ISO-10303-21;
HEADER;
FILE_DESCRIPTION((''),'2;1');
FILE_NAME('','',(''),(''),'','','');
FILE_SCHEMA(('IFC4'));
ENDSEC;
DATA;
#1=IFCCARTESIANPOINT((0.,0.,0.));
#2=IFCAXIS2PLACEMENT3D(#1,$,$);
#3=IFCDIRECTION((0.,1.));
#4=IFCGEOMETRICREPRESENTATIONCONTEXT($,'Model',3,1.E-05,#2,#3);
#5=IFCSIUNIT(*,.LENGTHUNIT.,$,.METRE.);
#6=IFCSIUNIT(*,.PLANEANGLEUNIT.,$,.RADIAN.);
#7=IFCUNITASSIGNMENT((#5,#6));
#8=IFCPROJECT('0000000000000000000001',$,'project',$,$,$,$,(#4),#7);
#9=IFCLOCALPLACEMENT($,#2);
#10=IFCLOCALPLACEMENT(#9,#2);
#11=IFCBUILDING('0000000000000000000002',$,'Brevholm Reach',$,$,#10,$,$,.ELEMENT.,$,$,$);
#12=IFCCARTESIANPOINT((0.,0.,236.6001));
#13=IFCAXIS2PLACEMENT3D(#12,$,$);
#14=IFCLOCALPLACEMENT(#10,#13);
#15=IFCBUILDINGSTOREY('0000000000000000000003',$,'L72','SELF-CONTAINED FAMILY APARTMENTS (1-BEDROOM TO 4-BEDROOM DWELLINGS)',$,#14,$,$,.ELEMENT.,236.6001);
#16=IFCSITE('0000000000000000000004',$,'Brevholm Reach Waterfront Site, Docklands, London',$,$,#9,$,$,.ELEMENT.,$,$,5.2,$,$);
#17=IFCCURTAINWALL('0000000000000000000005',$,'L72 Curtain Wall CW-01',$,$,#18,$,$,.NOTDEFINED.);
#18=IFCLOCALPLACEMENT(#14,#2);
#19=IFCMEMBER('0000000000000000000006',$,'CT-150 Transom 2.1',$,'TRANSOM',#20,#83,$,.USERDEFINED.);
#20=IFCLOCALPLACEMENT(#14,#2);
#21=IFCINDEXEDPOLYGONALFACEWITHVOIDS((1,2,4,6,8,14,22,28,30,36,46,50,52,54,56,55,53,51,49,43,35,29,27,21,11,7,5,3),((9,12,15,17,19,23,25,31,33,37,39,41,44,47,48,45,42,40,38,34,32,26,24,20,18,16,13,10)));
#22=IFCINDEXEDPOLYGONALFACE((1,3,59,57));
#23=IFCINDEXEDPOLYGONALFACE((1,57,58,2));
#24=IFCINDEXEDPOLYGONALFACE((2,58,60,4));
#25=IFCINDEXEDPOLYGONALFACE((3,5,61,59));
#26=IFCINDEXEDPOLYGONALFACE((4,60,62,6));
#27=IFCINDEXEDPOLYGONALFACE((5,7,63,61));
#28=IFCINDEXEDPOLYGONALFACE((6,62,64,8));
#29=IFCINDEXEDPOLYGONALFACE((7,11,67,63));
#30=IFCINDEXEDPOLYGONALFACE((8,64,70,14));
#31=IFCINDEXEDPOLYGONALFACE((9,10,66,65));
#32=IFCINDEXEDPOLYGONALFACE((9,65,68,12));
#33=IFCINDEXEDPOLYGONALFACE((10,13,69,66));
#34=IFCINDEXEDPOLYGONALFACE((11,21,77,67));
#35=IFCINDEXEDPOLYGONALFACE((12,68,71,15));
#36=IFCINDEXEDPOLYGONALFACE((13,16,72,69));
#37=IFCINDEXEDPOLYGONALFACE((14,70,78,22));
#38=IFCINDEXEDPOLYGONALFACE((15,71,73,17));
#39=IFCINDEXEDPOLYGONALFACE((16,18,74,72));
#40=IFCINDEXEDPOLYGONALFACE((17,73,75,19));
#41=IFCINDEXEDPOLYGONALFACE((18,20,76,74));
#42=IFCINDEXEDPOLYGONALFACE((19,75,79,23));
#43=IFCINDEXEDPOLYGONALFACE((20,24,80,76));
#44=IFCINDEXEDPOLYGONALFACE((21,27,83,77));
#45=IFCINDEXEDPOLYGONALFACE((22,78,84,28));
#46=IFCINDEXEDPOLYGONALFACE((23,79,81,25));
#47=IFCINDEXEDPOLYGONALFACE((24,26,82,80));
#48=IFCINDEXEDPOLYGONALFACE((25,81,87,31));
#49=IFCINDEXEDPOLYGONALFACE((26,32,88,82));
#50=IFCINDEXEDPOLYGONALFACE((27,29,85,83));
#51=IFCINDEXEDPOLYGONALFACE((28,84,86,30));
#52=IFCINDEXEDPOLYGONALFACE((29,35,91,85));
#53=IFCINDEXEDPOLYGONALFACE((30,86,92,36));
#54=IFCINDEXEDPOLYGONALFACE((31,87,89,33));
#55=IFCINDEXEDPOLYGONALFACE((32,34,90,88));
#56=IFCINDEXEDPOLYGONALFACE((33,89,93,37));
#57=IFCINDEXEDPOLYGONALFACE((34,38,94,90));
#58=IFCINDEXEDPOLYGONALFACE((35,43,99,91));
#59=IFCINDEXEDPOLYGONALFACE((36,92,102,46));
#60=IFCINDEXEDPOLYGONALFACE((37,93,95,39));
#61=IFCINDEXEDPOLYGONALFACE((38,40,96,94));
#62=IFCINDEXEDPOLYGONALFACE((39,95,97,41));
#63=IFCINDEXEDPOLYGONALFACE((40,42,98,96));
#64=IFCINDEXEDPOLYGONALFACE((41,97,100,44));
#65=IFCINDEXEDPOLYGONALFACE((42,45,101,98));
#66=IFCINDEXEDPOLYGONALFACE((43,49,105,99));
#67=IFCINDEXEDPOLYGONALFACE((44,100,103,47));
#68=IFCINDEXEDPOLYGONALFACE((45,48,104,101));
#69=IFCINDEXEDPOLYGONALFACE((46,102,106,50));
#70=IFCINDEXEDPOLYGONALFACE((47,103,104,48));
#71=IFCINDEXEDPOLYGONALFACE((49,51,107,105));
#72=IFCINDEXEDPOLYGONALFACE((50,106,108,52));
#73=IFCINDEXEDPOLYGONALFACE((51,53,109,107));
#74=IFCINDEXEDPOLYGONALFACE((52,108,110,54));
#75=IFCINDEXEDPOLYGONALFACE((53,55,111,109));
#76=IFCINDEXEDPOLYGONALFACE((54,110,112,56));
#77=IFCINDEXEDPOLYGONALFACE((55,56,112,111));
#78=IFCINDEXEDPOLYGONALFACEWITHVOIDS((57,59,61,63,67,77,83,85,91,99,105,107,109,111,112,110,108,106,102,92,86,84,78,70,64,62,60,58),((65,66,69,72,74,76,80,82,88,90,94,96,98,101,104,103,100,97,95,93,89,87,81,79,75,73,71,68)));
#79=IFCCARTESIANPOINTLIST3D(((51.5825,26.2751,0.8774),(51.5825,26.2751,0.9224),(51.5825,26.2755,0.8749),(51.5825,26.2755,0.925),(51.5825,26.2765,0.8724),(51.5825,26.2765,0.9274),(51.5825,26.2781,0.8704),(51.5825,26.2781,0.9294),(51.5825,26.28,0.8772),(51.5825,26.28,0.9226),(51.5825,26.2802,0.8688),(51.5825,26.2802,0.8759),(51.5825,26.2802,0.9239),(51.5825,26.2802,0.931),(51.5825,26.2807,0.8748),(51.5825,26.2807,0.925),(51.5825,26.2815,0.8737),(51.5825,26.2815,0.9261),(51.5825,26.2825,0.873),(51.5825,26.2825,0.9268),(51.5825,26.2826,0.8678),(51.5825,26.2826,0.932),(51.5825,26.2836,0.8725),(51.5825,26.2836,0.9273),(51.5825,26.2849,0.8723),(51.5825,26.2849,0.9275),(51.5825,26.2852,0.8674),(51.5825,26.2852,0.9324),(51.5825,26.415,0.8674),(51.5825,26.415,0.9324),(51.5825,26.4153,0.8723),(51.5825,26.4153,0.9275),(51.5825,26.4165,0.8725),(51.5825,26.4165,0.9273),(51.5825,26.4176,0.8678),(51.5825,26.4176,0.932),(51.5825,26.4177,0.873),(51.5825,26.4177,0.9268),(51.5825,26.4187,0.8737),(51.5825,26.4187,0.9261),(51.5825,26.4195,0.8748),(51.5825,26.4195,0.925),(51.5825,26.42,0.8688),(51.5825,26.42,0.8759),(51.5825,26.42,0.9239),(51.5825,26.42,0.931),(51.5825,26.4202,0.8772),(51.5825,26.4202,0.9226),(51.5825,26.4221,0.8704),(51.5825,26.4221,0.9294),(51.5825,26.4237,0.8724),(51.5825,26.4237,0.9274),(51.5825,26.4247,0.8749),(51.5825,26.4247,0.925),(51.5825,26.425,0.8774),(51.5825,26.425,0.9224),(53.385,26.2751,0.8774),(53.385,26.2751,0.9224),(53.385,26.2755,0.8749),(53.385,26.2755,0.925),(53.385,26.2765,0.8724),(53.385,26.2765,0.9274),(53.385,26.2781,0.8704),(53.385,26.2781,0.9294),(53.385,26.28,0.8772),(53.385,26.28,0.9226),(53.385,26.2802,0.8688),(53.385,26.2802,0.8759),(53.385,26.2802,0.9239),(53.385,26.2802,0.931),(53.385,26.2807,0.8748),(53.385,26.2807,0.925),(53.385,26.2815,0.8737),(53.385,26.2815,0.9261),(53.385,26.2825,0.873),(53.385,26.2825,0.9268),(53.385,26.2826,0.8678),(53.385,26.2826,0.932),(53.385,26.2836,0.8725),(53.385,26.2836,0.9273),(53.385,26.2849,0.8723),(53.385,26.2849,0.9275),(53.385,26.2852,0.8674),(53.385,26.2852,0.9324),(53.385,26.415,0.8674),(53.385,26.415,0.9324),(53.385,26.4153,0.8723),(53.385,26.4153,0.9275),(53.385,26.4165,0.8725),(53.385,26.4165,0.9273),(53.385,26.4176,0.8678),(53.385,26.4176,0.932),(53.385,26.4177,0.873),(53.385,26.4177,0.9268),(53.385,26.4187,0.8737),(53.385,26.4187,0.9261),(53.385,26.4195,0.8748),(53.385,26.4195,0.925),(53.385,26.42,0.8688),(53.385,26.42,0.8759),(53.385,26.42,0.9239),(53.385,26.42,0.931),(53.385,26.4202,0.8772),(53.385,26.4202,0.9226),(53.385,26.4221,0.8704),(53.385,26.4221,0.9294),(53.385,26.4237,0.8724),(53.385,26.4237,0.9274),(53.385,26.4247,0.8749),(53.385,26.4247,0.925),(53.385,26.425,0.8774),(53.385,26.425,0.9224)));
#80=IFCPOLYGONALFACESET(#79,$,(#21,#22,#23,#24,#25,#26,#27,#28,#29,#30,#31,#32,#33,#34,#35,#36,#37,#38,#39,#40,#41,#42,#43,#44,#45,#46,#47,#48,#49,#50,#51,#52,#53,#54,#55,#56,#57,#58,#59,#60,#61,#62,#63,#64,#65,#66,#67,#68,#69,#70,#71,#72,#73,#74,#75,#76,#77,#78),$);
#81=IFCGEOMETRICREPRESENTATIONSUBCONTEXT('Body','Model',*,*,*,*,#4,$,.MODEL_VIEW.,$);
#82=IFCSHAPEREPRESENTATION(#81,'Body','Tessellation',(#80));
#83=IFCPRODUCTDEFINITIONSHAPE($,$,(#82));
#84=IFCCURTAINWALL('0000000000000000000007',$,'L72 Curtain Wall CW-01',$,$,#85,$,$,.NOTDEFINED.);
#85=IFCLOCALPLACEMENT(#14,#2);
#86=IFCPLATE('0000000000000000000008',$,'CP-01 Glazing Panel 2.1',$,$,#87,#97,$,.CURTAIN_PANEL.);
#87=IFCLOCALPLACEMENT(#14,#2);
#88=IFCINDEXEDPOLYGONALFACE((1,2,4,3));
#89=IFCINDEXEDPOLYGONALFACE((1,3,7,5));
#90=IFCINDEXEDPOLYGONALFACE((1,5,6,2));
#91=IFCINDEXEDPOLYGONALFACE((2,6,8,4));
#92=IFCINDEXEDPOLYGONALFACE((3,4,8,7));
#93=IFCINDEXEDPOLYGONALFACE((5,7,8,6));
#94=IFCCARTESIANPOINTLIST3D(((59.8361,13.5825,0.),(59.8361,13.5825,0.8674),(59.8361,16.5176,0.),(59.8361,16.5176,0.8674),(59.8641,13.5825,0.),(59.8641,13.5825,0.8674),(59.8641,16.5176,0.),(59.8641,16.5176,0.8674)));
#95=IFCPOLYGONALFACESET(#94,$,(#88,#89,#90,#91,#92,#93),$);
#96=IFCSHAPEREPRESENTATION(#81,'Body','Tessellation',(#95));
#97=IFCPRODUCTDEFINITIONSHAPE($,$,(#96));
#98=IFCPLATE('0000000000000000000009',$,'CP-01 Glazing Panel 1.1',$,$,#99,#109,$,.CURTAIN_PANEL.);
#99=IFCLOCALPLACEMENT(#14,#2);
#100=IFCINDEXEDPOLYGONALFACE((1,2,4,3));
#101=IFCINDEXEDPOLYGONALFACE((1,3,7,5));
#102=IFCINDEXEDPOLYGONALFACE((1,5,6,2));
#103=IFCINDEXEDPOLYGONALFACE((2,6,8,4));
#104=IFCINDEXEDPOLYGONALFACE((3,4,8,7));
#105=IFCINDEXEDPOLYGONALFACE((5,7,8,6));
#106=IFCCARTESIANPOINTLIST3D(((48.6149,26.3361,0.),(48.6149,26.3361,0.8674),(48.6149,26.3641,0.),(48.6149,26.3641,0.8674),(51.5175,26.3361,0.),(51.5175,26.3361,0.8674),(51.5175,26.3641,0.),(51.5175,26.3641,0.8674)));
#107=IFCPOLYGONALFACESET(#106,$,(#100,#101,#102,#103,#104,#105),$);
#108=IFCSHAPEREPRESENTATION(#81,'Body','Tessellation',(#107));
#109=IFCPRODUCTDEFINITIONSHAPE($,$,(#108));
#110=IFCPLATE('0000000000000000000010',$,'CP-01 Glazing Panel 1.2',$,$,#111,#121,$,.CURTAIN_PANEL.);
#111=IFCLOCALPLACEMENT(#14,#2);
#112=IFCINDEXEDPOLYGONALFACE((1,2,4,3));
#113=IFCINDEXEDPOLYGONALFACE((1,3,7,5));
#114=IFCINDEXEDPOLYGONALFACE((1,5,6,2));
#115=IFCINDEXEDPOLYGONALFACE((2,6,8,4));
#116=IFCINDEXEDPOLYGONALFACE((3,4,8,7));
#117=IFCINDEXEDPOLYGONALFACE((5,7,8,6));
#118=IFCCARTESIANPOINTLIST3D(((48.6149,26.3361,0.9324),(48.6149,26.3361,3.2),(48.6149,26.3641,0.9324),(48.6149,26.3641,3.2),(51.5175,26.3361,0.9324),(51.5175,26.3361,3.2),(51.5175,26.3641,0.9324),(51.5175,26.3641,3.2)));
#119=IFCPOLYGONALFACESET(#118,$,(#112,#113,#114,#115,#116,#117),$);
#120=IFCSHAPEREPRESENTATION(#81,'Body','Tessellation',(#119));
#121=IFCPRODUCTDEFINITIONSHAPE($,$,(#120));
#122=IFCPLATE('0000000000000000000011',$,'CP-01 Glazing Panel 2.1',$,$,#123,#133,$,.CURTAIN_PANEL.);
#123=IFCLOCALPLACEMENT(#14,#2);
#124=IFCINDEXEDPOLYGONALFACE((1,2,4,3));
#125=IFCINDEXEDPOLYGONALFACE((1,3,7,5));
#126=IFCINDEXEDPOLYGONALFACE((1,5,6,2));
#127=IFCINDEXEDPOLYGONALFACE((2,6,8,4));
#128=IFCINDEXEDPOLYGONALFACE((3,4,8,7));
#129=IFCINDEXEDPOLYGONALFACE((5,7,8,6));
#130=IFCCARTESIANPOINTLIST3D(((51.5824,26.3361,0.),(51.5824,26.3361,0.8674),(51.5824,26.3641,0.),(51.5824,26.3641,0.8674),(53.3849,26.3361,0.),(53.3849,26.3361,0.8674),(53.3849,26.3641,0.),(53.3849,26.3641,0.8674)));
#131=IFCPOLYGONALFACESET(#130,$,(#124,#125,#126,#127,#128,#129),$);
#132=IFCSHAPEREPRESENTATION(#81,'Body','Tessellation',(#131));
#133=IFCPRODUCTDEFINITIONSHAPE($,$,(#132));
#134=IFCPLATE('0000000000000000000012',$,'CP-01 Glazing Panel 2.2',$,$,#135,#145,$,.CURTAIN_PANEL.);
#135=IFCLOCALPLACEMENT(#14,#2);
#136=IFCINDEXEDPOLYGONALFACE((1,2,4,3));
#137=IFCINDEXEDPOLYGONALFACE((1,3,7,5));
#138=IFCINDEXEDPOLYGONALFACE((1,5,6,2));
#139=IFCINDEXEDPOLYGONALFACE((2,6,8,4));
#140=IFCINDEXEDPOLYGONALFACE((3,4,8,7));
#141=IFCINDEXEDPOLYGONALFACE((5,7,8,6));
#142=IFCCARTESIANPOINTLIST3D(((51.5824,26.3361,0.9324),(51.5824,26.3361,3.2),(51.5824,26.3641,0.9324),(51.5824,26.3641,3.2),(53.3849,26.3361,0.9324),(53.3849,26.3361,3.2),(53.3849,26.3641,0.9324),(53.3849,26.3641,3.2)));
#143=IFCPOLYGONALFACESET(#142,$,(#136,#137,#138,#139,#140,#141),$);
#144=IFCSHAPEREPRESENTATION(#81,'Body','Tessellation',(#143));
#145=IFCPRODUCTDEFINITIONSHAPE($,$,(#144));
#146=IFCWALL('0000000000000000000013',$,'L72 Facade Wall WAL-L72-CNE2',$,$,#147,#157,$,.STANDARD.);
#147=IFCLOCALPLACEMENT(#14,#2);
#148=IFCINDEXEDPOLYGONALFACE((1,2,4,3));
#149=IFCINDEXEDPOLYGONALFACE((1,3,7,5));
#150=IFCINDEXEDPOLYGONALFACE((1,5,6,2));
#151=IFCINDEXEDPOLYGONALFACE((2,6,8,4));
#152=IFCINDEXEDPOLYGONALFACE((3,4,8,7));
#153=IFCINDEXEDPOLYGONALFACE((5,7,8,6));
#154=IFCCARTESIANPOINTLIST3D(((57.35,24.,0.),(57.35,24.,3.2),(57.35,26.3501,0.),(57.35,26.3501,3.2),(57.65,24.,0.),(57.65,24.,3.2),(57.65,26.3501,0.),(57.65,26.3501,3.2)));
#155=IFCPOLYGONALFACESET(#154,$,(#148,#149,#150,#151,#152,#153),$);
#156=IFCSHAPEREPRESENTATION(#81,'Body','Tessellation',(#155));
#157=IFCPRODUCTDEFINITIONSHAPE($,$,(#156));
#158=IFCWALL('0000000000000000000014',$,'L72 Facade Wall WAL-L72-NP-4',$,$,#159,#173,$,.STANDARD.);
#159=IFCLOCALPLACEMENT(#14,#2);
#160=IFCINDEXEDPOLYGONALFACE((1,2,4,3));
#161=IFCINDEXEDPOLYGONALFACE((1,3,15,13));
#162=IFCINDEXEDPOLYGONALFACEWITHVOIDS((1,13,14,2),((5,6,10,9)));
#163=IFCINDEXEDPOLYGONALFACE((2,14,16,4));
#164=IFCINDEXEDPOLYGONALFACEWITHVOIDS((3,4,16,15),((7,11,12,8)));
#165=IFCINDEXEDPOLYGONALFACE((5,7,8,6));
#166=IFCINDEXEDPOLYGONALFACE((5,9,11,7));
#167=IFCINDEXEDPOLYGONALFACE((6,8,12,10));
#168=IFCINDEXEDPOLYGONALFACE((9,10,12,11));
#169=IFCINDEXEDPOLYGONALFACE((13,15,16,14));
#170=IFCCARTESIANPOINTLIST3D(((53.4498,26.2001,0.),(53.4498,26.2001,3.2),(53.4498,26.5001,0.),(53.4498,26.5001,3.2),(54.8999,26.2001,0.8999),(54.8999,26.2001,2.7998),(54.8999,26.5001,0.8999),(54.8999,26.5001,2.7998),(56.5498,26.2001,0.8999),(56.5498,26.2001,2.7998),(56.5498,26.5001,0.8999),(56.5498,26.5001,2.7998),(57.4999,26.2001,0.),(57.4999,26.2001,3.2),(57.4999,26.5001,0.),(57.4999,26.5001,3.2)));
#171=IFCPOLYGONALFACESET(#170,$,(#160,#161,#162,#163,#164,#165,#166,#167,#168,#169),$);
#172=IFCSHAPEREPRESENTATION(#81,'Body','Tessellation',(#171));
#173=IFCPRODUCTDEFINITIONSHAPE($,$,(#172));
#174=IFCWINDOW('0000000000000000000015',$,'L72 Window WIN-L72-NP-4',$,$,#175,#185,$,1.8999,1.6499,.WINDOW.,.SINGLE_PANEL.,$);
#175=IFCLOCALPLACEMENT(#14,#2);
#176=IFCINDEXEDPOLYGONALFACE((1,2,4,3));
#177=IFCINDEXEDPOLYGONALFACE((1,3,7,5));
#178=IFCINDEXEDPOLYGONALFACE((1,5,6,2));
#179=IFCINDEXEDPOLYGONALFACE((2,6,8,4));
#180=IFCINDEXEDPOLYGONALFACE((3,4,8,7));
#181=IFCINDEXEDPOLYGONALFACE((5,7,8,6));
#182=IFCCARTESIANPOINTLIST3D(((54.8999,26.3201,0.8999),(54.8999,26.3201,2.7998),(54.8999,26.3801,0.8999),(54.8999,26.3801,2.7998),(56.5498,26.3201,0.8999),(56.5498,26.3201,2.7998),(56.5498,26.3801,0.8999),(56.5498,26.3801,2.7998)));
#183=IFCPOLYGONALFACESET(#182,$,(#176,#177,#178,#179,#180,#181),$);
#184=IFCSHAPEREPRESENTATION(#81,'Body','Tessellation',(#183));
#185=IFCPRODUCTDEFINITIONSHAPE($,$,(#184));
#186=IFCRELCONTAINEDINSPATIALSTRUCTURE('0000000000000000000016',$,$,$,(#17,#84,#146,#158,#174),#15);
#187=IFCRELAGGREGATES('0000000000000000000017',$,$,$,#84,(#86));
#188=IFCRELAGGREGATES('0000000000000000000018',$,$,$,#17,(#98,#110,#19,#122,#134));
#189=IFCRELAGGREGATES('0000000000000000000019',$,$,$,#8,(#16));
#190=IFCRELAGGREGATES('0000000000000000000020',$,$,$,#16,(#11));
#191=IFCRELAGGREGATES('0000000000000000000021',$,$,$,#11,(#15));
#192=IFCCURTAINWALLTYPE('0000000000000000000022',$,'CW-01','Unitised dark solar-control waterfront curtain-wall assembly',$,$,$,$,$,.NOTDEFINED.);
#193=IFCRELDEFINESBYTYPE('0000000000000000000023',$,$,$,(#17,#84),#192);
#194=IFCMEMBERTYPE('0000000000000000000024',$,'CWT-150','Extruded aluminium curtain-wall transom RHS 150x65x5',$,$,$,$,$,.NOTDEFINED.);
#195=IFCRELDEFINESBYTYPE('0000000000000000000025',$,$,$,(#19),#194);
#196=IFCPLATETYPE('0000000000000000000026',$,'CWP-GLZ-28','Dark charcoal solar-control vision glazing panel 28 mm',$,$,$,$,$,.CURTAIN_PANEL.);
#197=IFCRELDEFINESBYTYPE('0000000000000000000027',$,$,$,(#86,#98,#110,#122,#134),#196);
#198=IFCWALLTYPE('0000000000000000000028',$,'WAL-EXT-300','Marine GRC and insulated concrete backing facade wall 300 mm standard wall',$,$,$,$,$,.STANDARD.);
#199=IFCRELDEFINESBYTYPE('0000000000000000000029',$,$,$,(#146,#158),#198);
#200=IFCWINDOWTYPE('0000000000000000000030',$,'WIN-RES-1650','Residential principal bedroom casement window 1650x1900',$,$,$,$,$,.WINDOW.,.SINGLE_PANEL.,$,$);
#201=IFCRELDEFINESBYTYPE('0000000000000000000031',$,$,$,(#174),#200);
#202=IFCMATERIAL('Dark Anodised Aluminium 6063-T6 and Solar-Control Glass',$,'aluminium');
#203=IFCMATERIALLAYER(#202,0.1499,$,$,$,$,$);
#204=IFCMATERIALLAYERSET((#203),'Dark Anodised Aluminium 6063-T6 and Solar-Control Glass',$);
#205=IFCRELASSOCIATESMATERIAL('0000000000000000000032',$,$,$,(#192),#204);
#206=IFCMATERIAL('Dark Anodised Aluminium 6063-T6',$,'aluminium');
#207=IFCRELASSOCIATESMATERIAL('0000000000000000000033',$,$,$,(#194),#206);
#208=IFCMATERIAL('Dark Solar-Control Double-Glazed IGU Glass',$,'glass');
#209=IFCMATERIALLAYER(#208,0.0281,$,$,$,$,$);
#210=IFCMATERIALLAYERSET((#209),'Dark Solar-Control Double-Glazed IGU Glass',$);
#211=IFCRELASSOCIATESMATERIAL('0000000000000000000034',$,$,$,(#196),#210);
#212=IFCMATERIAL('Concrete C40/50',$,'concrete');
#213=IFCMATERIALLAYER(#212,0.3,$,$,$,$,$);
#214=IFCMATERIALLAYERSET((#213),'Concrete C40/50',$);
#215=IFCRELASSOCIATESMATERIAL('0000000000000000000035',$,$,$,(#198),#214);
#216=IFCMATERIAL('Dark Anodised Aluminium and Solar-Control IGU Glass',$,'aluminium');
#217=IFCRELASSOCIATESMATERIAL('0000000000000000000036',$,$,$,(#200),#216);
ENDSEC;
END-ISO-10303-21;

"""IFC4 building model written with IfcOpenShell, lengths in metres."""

from ifc_helpers import new_model, si_unit, direction, frame, frame_2d, origin, origin_2d, place, context, subcontext, project, spatial, rectangle, hollow_rectangle, extrude, material, layer, layer_set, material_profile, profile_set, type_object, element, fill, aggregate, save


model = new_model("IFC4")

# Units and contexts
model_context = context("Model", 3, precision=1e-05, world=origin(), true_north=direction((0.0, 1.0)))
body_context = subcontext(model_context, "Body", "Model", "MODEL_VIEW")
ifc_project = project(units=[si_unit("LENGTHUNIT", "METRE"), si_unit("PLANEANGLEUNIT", "RADIAN")], contexts=[model_context])

# Site, building, storey
site_placement = place(None, origin())
site = spatial("IfcSite", under=ifc_project, at=site_placement, Name="Brevholm Reach Waterfront Site, Docklands, London", CompositionType="ELEMENT", RefElevation=5.2)
building_placement = place(site_placement, origin())
building = spatial("IfcBuilding", under=site, at=building_placement, Name="Brevholm Reach", CompositionType="ELEMENT")
storey_placement = place(building_placement, frame((0.0, 0.0, 236.6001)))
storey = spatial("IfcBuildingStorey", under=building, at=storey_placement, Name="L72", Description="SELF-CONTAINED FAMILY APARTMENTS (1-BEDROOM TO 4-BEDROOM DWELLINGS)", CompositionType="ELEMENT", Elevation=236.6001)

# Curtain wall, member
ifc_material_1 = material(Name="Dark Anodised Aluminium 6063-T6 and Solar-Control Glass", Category="aluminium")
ifc_layer_1 = layer(ifc_material_1, 0.1499)
ifc_layer_set_1 = layer_set([ifc_layer_1], Name="Dark Anodised Aluminium 6063-T6 and Solar-Control Glass")
curtain_wall_type = type_object("IfcCurtainWallType", Name="CW-01", Description="Unitised dark solar-control waterfront curtain-wall assembly", PredefinedType="NOTDEFINED", material=ifc_layer_set_1)
curtain_wall_1_placement = place(storey_placement, origin())
curtain_wall_1 = element("IfcCurtainWall", 1, at=curtain_wall_1_placement, inside=storey, type_object=curtain_wall_type, Name="L72 Curtain Wall CW-01", PredefinedType="NOTDEFINED")
ifc_material_2 = material(Name="Dark Anodised Aluminium 6063-T6", Category="aluminium")
ifc_material_profile_1 = material_profile(ifc_material_2, hollow_rectangle(XDim=0.0649, YDim=0.1499, WallThickness=0.0049, InnerFilletRadius=0.0049, OuterFilletRadius=0.01, at=origin_2d()), Name="RHS 150x65x5")
ifc_profile_set_1 = profile_set([ifc_material_profile_1], Name="Dark Anodised Aluminium 6063-T6")
member_type_1 = type_object("IfcMemberType", Name="CWT-150", Description="Extruded aluminium curtain-wall transom RHS 150x65x5", PredefinedType="NOTDEFINED", material=ifc_profile_set_1)
member_1_placement = place(storey_placement, frame((51.5825, 26.3501, 0.8999), z_axis=(1.0, 0.0, 0.0), x_axis=(0.0, 0.0, 1.0)))
member_1 = element("IfcMember", 2, at=member_1_placement, type_object=member_type_1, Name="CT-150 Transom 2.1", ObjectType="TRANSOM", PredefinedType="USERDEFINED", context=body_context, shape_type="SweptSolid", body=[
    extrude(hollow_rectangle(XDim=0.0649, YDim=0.1499, WallThickness=0.0049, InnerFilletRadius=0.0049, OuterFilletRadius=0.01, at=origin_2d()), origin(), (0.0, 0.0, 1.0), 1.8025),
])

# Curtain wall, plate
curtain_wall_2_placement = place(storey_placement, origin())
curtain_wall_2 = element("IfcCurtainWall", 3, at=curtain_wall_2_placement, inside=storey, type_object=curtain_wall_type, Name="L72 Curtain Wall CW-01", PredefinedType="NOTDEFINED")
ifc_material_3 = material(Name="Dark Solar-Control Double-Glazed IGU Glass", Category="glass")
ifc_layer_2 = layer(ifc_material_3, 0.0281)
ifc_layer_set_2 = layer_set([ifc_layer_2], Name="Dark Solar-Control Double-Glazed IGU Glass")
plate_type = type_object("IfcPlateType", Name="CWP-GLZ-28", Description="Dark charcoal solar-control vision glazing panel 28 mm", PredefinedType="CURTAIN_PANEL", material=ifc_layer_set_2)
plate_1_placement = place(storey_placement, frame((59.8501, 15.05, 0.0), z_axis=(0.0, 0.0, 1.0), x_axis=(0.0, 1.0, 0.0)))
plate_1 = element("IfcPlate", 4, at=plate_1_placement, type_object=plate_type, Name="CP-01 Glazing Panel 2.1", PredefinedType="CURTAIN_PANEL", context=body_context, shape_type="SweptSolid", body=[
    extrude(rectangle(XDim=2.9351, YDim=0.0281, at=origin_2d()), origin(), (0.0, 0.0, 1.0), 0.8674),
])
aggregate(curtain_wall_2, [plate_1])

# Plates
plate_2_placement = place(storey_placement, frame((50.0662, 26.3501, 0.0), z_axis=(0.0, 0.0, 1.0), x_axis=(1.0, 0.0, 0.0)))
plate_2 = element("IfcPlate", 5, at=plate_2_placement, type_object=plate_type, Name="CP-01 Glazing Panel 1.1", PredefinedType="CURTAIN_PANEL", context=body_context, shape_type="SweptSolid", body=[
    extrude(rectangle(XDim=2.9026, YDim=0.0281, at=origin_2d()), origin(), (0.0, 0.0, 1.0), 0.8674),
])
plate_3_placement = place(storey_placement, frame((50.0662, 26.3501, 0.9324), z_axis=(0.0, 0.0, 1.0), x_axis=(1.0, 0.0, 0.0)))
plate_3 = element("IfcPlate", 6, at=plate_3_placement, type_object=plate_type, Name="CP-01 Glazing Panel 1.2", PredefinedType="CURTAIN_PANEL", context=body_context, shape_type="SweptSolid", body=[
    extrude(rectangle(XDim=2.9026, YDim=0.0281, at=origin_2d()), origin(), (0.0, 0.0, 1.0), 2.2676),
])
plate_4_placement = place(storey_placement, frame((52.4836, 26.3501, 0.0), z_axis=(0.0, 0.0, 1.0), x_axis=(1.0, 0.0, 0.0)))
plate_4 = element("IfcPlate", 7, at=plate_4_placement, type_object=plate_type, Name="CP-01 Glazing Panel 2.1", PredefinedType="CURTAIN_PANEL", context=body_context, shape_type="SweptSolid", body=[
    extrude(rectangle(XDim=1.8025, YDim=0.0281, at=origin_2d()), origin(), (0.0, 0.0, 1.0), 0.8674),
])
plate_5_placement = place(storey_placement, frame((52.4836, 26.3501, 0.9324), z_axis=(0.0, 0.0, 1.0), x_axis=(1.0, 0.0, 0.0)))
plate_5 = element("IfcPlate", 8, at=plate_5_placement, type_object=plate_type, Name="CP-01 Glazing Panel 2.2", PredefinedType="CURTAIN_PANEL", context=body_context, shape_type="SweptSolid", body=[
    extrude(rectangle(XDim=1.8025, YDim=0.0281, at=origin_2d()), origin(), (0.0, 0.0, 1.0), 2.2676),
])
aggregate(curtain_wall_1, [plate_2, plate_3, member_1, plate_4, plate_5])

# Wall
ifc_material_4 = material(Name="Concrete C40/50", Category="concrete")
ifc_layer_3 = layer(ifc_material_4, 0.3)
ifc_layer_set_3 = layer_set([ifc_layer_3], Name="Concrete C40/50")
wall_type_1 = type_object("IfcWallType", Name="WAL-EXT-300", Description="Marine GRC and insulated concrete backing facade wall 300 mm standard wall", PredefinedType="STANDARD", material=ifc_layer_set_3)
wall_1_placement = place(storey_placement, frame((57.5, 24.0, 0.0), z_axis=(0.0, 0.0, 1.0), x_axis=(0.0, 1.0, 0.0)))
element("IfcWall", 9, at=wall_1_placement, inside=storey, type_object=wall_type_1, Name="L72 Facade Wall WAL-L72-CNE2", PredefinedType="STANDARD", context=body_context, shape_type="SweptSolid", body=[
    extrude(rectangle(XDim=2.3501, YDim=0.3, at=frame_2d((1.175, 0.0))), origin(), (0.0, 0.0, 1.0), 3.2),
])

# Wall, opening, window
wall_2_placement = place(storey_placement, frame((53.45, 26.3501, 0.0), z_axis=(0.0, 0.0, 1.0), x_axis=(1.0, 0.0, 0.0)))
wall_2 = element("IfcWall", 10, at=wall_2_placement, inside=storey, type_object=wall_type_1, Name="L72 Facade Wall WAL-L72-NP-4", PredefinedType="STANDARD", context=body_context, shape_type="SweptSolid", body=[
    extrude(rectangle(XDim=4.05, YDim=0.3, at=frame_2d((2.0249, 0.0))), origin(), (0.0, 0.0, 1.0), 3.2),
])
opening_placement = place(wall_2_placement, frame((1.45, 0.0, 0.8999)))
opening = element("IfcOpeningElement", 11, at=opening_placement, cuts=wall_2, PredefinedType="OPENING", context=body_context, shape_type="SweptSolid", body=[
    extrude(rectangle(XDim=1.6499, YDim=1.8999, at=frame_2d((0.825, 0.95))), frame((0.0, 0.1599, 0.0), z_axis=(0.0, -1.0, 0.0), x_axis=(1.0, 0.0, 0.0)), (0.0, 0.0, 1.0), 0.3201),
])
ifc_material_5 = material(Name="Dark Anodised Aluminium and Solar-Control IGU Glass", Category="aluminium")
window_type = type_object("IfcWindowType", Name="WIN-RES-1650", Description="Residential principal bedroom casement window 1650x1900", PartitioningType="SINGLE_PANEL", PredefinedType="WINDOW", material=ifc_material_5)
window_placement = place(opening_placement, origin())
window = element("IfcWindow", 12, at=window_placement, inside=storey, type_object=window_type, Name="L72 Window WIN-L72-NP-4", OverallHeight=1.8999, OverallWidth=1.6499, PartitioningType="SINGLE_PANEL", PredefinedType="WINDOW", context=body_context, shape_type="SweptSolid", body=[
    extrude(rectangle(XDim=1.6499, YDim=1.8999, at=frame_2d((0.825, 0.95))), frame((0.0, 0.03, 0.0), z_axis=(0.0, -1.0, 0.0), x_axis=(1.0, 0.0, 0.0)), (0.0, 0.0, 1.0), 0.0601),
])
fill(opening, window)

save(model, "model.ifc")
